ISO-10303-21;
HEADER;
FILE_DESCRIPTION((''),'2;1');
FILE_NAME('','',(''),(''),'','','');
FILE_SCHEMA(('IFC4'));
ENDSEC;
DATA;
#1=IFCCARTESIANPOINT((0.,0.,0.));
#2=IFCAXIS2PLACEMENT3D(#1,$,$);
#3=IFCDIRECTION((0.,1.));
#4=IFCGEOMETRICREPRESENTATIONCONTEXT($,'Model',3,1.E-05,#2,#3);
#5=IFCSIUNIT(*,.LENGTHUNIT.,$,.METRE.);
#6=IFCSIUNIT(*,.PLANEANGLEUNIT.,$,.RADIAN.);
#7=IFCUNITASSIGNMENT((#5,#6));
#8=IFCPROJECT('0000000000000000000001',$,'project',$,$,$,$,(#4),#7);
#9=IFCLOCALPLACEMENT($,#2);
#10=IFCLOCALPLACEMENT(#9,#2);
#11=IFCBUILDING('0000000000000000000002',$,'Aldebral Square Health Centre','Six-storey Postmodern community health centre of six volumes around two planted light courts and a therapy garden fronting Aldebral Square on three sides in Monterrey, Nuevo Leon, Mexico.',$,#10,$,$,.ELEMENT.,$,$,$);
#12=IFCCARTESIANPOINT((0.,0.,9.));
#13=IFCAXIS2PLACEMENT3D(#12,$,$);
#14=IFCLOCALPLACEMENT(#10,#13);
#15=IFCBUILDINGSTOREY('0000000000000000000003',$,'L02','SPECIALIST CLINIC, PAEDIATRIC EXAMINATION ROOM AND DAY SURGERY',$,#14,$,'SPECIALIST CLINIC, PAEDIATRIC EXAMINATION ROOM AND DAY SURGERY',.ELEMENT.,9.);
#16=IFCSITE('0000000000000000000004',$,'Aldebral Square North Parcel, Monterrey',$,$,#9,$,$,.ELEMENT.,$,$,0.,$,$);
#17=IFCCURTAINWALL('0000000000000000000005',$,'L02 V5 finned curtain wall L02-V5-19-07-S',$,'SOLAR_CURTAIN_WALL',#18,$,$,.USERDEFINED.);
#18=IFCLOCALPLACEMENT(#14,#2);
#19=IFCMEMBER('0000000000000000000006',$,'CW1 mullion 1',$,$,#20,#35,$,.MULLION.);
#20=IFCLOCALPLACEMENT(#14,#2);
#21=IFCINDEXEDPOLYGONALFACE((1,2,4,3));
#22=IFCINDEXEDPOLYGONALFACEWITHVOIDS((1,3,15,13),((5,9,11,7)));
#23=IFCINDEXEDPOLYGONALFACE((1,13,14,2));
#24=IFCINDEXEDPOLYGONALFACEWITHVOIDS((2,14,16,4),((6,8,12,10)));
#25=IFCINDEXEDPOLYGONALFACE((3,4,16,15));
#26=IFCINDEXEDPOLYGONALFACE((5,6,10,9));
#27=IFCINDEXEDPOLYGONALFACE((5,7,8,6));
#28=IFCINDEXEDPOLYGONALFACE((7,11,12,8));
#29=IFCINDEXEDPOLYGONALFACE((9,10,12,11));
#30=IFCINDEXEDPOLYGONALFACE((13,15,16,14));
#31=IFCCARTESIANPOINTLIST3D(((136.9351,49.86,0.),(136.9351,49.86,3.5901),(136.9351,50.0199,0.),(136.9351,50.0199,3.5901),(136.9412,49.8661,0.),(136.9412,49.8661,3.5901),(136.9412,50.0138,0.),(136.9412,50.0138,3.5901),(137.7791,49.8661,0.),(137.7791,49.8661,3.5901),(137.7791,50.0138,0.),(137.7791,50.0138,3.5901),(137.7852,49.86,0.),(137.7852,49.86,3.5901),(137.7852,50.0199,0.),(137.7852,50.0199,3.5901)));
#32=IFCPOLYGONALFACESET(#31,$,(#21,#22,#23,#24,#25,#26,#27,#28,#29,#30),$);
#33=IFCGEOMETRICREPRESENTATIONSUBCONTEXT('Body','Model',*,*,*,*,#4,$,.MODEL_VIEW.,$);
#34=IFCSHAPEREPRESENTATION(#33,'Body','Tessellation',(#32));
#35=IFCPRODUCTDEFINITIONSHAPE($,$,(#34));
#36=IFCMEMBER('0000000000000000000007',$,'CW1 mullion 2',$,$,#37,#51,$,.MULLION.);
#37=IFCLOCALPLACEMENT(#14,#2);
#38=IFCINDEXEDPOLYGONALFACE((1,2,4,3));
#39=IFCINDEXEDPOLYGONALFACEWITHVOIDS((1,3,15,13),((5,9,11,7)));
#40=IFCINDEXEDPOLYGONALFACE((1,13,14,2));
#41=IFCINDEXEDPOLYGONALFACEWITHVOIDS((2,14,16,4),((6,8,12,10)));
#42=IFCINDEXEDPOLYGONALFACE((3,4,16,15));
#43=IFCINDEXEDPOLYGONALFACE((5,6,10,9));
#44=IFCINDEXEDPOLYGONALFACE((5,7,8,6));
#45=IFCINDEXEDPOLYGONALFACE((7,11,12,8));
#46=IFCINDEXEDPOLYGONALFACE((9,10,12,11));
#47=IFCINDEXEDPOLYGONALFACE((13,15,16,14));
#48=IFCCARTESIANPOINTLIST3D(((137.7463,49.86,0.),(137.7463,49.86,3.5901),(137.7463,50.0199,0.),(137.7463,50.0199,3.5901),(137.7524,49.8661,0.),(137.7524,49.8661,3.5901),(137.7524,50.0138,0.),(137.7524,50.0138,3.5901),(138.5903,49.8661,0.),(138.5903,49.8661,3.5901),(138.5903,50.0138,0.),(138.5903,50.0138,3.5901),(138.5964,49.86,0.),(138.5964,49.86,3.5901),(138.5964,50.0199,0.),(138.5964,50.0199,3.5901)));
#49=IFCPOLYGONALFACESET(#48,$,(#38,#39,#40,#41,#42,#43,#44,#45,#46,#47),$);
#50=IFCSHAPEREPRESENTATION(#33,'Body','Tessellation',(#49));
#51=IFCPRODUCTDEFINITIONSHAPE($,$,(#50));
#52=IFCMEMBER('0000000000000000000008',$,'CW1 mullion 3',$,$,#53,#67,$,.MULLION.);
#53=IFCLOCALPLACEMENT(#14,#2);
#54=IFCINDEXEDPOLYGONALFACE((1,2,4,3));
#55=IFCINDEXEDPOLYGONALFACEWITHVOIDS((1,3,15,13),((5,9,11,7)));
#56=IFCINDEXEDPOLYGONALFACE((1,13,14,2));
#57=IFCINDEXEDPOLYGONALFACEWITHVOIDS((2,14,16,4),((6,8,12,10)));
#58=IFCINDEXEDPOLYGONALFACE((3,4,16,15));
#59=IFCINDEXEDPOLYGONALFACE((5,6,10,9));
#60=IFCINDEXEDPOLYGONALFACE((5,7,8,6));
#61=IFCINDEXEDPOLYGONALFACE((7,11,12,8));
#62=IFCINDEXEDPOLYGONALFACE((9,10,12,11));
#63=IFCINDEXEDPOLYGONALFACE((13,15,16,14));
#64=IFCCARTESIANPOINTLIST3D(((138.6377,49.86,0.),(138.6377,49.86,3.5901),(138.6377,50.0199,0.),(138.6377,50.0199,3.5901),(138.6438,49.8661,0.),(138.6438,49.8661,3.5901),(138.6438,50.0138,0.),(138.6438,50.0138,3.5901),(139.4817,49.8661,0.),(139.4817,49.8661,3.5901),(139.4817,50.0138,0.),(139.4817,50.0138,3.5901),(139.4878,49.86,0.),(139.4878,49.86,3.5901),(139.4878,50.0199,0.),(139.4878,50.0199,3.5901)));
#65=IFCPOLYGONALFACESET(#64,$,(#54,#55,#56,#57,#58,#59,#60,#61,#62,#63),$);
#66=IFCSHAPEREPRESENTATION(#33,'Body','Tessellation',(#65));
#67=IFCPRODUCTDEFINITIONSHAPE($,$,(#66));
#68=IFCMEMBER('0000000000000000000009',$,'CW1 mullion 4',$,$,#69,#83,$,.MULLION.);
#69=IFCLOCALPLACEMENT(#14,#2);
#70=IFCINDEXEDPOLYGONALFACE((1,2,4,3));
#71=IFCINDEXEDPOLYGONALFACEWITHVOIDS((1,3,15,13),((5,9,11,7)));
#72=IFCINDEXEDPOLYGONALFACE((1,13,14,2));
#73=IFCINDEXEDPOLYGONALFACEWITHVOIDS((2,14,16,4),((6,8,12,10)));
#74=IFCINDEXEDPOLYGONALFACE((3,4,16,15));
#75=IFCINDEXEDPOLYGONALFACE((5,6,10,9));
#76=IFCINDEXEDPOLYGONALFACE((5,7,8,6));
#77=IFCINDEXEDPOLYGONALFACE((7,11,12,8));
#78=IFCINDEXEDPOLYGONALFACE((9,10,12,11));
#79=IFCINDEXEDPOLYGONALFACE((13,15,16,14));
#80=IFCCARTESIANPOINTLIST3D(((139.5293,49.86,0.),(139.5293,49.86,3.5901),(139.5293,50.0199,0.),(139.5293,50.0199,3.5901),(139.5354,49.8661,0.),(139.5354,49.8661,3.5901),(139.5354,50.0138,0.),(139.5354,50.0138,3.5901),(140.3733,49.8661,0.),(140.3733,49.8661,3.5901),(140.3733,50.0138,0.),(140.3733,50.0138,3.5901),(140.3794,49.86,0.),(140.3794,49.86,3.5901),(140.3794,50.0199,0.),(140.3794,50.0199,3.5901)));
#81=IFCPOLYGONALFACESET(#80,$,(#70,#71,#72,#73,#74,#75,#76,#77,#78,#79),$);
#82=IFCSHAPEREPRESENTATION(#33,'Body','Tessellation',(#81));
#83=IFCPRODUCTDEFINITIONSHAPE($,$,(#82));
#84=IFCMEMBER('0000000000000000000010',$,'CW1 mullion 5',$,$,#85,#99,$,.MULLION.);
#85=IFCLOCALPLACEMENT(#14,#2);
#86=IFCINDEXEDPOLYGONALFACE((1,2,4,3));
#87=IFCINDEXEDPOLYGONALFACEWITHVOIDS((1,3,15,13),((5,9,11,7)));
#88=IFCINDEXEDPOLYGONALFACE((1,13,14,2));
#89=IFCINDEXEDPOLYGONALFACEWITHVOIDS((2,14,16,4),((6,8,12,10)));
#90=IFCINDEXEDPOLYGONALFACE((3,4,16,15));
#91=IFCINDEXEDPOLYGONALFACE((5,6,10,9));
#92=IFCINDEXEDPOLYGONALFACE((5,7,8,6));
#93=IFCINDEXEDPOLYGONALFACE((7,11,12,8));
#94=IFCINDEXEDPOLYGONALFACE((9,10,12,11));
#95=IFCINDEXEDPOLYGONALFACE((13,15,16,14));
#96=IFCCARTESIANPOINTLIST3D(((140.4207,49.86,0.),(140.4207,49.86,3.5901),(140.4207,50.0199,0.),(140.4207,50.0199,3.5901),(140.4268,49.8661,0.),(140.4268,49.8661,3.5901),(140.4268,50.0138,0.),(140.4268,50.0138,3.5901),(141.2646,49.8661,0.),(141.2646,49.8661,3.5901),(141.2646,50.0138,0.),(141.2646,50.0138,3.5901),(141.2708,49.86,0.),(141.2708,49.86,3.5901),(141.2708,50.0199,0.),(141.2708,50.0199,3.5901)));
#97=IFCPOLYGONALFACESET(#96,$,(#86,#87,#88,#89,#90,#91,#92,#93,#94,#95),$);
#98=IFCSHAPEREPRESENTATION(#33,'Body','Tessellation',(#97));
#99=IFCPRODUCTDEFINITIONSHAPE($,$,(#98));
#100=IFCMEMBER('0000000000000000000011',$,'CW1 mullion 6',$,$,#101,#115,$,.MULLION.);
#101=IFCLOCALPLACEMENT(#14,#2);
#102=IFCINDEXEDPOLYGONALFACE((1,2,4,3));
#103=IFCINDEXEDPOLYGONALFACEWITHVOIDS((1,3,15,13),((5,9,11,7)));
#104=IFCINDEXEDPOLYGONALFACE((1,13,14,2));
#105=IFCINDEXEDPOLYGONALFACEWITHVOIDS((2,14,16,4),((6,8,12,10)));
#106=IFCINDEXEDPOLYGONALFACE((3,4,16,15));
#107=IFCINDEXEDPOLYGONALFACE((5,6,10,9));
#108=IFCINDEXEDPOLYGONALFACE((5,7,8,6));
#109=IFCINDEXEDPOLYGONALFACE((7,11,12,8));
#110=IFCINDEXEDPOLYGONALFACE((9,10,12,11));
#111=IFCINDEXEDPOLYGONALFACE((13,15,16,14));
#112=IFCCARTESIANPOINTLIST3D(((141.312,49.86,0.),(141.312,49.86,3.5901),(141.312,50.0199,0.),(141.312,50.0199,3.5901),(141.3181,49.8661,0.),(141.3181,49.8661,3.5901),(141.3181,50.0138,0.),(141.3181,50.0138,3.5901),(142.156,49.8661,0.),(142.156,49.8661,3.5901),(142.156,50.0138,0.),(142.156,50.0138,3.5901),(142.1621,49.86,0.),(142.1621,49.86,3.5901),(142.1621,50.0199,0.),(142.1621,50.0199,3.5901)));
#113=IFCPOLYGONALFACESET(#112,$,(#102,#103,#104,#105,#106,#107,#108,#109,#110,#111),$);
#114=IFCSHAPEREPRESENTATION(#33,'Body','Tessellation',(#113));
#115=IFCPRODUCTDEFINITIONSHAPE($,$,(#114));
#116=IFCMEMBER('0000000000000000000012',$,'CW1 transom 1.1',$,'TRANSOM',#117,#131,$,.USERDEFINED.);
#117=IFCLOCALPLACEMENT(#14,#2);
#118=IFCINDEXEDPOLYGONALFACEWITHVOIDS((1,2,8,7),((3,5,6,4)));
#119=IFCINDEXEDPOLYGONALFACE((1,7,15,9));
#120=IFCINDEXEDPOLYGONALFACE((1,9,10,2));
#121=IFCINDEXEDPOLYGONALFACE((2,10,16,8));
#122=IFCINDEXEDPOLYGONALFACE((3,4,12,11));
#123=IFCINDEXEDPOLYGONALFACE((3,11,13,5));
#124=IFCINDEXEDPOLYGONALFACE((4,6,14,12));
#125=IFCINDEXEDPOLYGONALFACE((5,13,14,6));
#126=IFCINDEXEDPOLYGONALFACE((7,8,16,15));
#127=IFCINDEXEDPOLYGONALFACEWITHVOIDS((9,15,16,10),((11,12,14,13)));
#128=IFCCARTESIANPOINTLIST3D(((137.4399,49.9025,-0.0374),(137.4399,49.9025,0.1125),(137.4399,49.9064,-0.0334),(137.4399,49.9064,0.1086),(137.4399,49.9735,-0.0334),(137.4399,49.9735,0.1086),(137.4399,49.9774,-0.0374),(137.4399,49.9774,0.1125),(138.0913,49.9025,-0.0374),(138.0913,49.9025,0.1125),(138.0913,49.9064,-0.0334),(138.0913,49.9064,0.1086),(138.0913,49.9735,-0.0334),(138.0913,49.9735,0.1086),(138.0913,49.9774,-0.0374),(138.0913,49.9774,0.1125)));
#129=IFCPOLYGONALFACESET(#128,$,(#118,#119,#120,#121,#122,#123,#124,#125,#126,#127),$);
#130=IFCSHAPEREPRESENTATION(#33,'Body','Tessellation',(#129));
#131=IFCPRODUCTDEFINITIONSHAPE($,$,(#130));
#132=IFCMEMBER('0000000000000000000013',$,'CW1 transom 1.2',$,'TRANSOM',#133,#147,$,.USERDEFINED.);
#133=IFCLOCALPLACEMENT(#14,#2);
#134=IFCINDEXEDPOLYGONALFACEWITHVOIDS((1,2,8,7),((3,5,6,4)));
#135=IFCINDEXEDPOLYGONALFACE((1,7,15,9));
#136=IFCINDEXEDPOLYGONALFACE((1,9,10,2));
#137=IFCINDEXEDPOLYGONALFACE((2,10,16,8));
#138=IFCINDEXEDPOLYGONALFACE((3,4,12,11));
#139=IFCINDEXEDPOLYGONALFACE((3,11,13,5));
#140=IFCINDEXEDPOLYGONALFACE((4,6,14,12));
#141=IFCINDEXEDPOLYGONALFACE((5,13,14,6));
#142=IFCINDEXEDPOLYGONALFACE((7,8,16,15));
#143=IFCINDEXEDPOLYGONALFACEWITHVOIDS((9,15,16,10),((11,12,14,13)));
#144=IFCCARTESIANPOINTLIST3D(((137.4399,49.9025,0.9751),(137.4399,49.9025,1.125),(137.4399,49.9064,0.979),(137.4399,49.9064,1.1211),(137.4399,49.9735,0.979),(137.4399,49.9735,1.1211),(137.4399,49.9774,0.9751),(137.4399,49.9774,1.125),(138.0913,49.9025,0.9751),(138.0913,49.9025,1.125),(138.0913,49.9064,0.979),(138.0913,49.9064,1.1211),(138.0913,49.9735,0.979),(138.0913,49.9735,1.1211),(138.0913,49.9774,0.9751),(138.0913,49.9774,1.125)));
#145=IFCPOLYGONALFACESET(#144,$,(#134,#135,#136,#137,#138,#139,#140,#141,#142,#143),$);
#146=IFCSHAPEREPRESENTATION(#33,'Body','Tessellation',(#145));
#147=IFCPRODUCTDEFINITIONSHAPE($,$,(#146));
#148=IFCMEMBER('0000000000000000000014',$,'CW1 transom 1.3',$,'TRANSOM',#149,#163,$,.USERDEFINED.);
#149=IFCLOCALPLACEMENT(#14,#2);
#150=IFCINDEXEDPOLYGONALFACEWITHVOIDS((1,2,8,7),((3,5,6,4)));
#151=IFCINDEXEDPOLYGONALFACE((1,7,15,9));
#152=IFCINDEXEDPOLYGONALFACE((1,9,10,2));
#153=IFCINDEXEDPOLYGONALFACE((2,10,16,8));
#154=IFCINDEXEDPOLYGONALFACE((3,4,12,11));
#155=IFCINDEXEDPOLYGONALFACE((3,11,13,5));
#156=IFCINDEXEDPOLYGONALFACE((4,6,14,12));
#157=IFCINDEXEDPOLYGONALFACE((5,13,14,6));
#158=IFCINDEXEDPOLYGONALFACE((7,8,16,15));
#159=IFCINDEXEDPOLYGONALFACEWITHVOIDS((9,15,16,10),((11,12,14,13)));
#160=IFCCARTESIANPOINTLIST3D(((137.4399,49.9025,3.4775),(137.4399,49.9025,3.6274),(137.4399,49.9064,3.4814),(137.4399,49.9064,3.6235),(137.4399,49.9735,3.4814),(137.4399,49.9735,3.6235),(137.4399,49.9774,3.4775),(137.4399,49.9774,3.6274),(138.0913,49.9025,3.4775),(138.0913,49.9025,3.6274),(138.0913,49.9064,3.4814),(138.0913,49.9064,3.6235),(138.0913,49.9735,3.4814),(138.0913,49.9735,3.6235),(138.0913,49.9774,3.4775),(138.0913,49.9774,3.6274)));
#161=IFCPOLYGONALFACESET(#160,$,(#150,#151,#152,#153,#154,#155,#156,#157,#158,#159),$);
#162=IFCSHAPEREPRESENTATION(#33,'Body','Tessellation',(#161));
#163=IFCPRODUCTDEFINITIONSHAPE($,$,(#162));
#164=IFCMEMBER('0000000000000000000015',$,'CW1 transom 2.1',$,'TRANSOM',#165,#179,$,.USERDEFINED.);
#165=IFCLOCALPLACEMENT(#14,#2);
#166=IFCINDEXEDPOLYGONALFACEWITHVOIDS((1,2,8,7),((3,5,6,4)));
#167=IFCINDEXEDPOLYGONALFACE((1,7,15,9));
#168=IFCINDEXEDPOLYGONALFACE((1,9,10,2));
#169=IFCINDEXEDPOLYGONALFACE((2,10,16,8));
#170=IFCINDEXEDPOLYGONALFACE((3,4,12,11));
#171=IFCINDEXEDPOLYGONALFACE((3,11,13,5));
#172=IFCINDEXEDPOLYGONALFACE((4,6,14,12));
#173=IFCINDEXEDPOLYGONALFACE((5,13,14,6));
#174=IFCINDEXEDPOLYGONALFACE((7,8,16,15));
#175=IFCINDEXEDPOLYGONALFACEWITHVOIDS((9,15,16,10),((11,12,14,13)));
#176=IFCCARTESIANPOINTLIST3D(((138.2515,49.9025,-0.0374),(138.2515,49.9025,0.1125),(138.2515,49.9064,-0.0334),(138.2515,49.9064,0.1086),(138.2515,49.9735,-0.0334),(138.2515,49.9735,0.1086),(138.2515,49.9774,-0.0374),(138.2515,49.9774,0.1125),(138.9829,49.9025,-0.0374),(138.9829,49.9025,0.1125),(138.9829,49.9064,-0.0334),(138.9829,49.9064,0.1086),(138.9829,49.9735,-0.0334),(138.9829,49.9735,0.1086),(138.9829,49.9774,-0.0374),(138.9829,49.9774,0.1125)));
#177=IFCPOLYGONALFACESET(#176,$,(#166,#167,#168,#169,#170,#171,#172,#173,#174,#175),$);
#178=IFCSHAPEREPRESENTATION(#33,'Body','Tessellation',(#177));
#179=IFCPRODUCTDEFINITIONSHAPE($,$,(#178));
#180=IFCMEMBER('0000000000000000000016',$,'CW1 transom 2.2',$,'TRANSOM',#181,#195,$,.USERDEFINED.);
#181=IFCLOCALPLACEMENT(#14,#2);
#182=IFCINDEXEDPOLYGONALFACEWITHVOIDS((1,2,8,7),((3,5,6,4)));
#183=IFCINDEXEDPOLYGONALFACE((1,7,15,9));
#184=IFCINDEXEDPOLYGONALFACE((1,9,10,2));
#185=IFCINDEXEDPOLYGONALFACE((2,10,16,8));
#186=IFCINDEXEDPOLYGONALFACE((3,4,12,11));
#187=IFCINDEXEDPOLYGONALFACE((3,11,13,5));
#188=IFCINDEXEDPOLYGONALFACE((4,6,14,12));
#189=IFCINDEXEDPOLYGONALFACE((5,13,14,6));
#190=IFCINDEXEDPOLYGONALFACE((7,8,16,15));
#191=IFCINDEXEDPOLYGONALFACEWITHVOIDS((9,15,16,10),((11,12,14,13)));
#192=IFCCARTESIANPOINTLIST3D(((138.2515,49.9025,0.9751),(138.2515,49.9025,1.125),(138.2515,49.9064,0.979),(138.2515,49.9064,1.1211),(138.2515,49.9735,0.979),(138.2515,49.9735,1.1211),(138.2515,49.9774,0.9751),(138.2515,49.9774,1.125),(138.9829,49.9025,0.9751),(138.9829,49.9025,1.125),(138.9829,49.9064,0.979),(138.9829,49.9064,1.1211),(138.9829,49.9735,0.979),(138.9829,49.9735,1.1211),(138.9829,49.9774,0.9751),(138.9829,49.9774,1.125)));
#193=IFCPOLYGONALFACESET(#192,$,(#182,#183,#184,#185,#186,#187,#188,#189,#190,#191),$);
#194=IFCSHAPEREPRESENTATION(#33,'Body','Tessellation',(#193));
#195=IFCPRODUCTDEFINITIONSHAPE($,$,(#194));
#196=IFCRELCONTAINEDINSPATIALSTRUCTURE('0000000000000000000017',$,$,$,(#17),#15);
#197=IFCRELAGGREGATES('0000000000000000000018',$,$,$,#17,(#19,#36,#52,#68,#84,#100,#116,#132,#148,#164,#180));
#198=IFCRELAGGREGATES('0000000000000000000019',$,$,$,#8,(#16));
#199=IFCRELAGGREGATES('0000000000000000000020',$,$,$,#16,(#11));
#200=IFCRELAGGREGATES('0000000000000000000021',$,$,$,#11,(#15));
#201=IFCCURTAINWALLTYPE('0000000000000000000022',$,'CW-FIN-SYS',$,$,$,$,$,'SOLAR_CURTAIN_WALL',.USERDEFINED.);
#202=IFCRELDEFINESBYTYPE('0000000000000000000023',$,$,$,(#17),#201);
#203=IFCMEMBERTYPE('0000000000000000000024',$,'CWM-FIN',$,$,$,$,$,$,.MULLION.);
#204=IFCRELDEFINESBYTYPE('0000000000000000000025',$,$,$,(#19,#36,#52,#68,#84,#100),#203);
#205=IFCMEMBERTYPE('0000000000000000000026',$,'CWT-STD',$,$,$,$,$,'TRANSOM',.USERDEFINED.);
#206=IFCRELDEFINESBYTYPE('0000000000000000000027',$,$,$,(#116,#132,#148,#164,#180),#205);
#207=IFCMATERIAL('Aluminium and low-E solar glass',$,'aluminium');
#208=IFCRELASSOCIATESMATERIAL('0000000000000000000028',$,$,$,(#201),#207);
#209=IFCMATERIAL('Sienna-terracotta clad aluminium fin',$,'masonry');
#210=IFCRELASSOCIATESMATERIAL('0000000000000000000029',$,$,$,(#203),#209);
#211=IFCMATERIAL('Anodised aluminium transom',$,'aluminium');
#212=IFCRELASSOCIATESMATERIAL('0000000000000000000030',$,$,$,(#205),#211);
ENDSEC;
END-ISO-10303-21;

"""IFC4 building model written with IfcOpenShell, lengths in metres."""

from ifc_helpers import new_model, si_unit, direction, frame, origin, origin_2d, place, context, subcontext, project, spatial, hollow_rectangle, extrude, material, material_profile, profile_set, type_object, element, aggregate, save


model = new_model("IFC4")

# Units and contexts
model_context = context("Model", 3, precision=1e-05, world=origin(), true_north=direction((0.0, 1.0)))
body_context = subcontext(model_context, "Body", "Model", "MODEL_VIEW")
ifc_project = project(units=[si_unit("LENGTHUNIT", "METRE"), si_unit("PLANEANGLEUNIT", "RADIAN")], contexts=[model_context])

# Site, building, storey
site_placement = place(None, origin())
site = spatial("IfcSite", under=ifc_project, at=site_placement, Name="Aldebral Square North Parcel, Monterrey", CompositionType="ELEMENT", RefElevation=0.0)
building_placement = place(site_placement, origin())
building = spatial("IfcBuilding", under=site, at=building_placement, Name="Aldebral Square Health Centre", Description="Six-storey Postmodern community health centre of six volumes around two planted light courts and a therapy garden fronting Aldebral Square on three sides in Monterrey, Nuevo Leon, Mexico.", CompositionType="ELEMENT")
storey_placement = place(building_placement, frame((0.0, 0.0, 9.0)))
storey = spatial("IfcBuildingStorey", under=building, at=storey_placement, Name="L02", Description="SPECIALIST CLINIC, PAEDIATRIC EXAMINATION ROOM AND DAY SURGERY", LongName="SPECIALIST CLINIC, PAEDIATRIC EXAMINATION ROOM AND DAY SURGERY", CompositionType="ELEMENT", Elevation=9.0)

# Curtain wall, members
ifc_material_1 = material(Name="Aluminium and low-E solar glass", Category="aluminium")
curtain_wall_type = type_object("IfcCurtainWallType", Name="CW-FIN-SYS", ElementType="SOLAR_CURTAIN_WALL", PredefinedType="USERDEFINED", material=ifc_material_1)
curtain_wall_placement = place(storey_placement, origin())
curtain_wall = element("IfcCurtainWall", 1, at=curtain_wall_placement, inside=storey, type_object=curtain_wall_type, Name="L02 V5 finned curtain wall L02-V5-19-07-S", ObjectType="SOLAR_CURTAIN_WALL", PredefinedType="USERDEFINED")
ifc_material_2 = material(Name="Sienna-terracotta clad aluminium fin", Category="masonry")
ifc_material_profile_1 = material_profile(ifc_material_2, hollow_rectangle(XDim=0.1599, YDim=0.8501, WallThickness=0.0061, at=origin_2d()), Name="FIN 160x850x6")
ifc_profile_set_1 = profile_set([ifc_material_profile_1], Name="Sienna-terracotta clad aluminium fin")
member_type_1 = type_object("IfcMemberType", Name="CWM-FIN", PredefinedType="MULLION", material=ifc_profile_set_1)
member_1_placement = place(storey_placement, frame((137.3601, 49.9399, 0.0), z_axis=(0.0, 0.0, 1.0), x_axis=(0.0, 1.0, 0.0)))
member_1 = element("IfcMember", 2, at=member_1_placement, type_object=member_type_1, Name="CW1 mullion 1", PredefinedType="MULLION", context=body_context, shape_type="SweptSolid", body=[
    extrude(hollow_rectangle(XDim=0.1599, YDim=0.8501, WallThickness=0.0061, at=origin_2d()), origin(), (0.0, 0.0, 1.0), 3.5901),
])
member_2_placement = place(storey_placement, frame((138.1714, 49.9399, 0.0), z_axis=(0.0, 0.0, 1.0), x_axis=(0.0, 1.0, 0.0)))
member_2 = element("IfcMember", 3, at=member_2_placement, type_object=member_type_1, Name="CW1 mullion 2", PredefinedType="MULLION", context=body_context, shape_type="SweptSolid", body=[
    extrude(hollow_rectangle(XDim=0.1599, YDim=0.8501, WallThickness=0.0061, at=origin_2d()), origin(), (0.0, 0.0, 1.0), 3.5901),
])
member_3_placement = place(storey_placement, frame((139.0627, 49.9399, 0.0), z_axis=(0.0, 0.0, 1.0), x_axis=(0.0, 1.0, 0.0)))
member_3 = element("IfcMember", 4, at=member_3_placement, type_object=member_type_1, Name="CW1 mullion 3", PredefinedType="MULLION", context=body_context, shape_type="SweptSolid", body=[
    extrude(hollow_rectangle(XDim=0.1599, YDim=0.8501, WallThickness=0.0061, at=origin_2d()), origin(), (0.0, 0.0, 1.0), 3.5901),
])
member_4_placement = place(storey_placement, frame((139.9543, 49.9399, 0.0), z_axis=(0.0, 0.0, 1.0), x_axis=(0.0, 1.0, 0.0)))
member_4 = element("IfcMember", 5, at=member_4_placement, type_object=member_type_1, Name="CW1 mullion 4", PredefinedType="MULLION", context=body_context, shape_type="SweptSolid", body=[
    extrude(hollow_rectangle(XDim=0.1599, YDim=0.8501, WallThickness=0.0061, at=origin_2d()), origin(), (0.0, 0.0, 1.0), 3.5901),
])
member_5_placement = place(storey_placement, frame((140.8457, 49.9399, 0.0), z_axis=(0.0, 0.0, 1.0), x_axis=(0.0, 1.0, 0.0)))
member_5 = element("IfcMember", 6, at=member_5_placement, type_object=member_type_1, Name="CW1 mullion 5", PredefinedType="MULLION", context=body_context, shape_type="SweptSolid", body=[
    extrude(hollow_rectangle(XDim=0.1599, YDim=0.8501, WallThickness=0.0061, at=origin_2d()), origin(), (0.0, 0.0, 1.0), 3.5901),
])
member_6_placement = place(storey_placement, frame((141.7371, 49.9399, 0.0), z_axis=(0.0, 0.0, 1.0), x_axis=(0.0, 1.0, 0.0)))
member_6 = element("IfcMember", 7, at=member_6_placement, type_object=member_type_1, Name="CW1 mullion 6", PredefinedType="MULLION", context=body_context, shape_type="SweptSolid", body=[
    extrude(hollow_rectangle(XDim=0.1599, YDim=0.8501, WallThickness=0.0061, at=origin_2d()), origin(), (0.0, 0.0, 1.0), 3.5901),
])
ifc_material_3 = material(Name="Anodised aluminium transom", Category="aluminium")
ifc_material_profile_2 = material_profile(ifc_material_3, hollow_rectangle(XDim=0.075, YDim=0.1499, WallThickness=0.0039, at=origin_2d()), Name="CWT 75x150x4")
ifc_profile_set_2 = profile_set([ifc_material_profile_2], Name="Anodised aluminium transom")
member_type_2 = type_object("IfcMemberType", Name="CWT-STD", ElementType="TRANSOM", PredefinedType="USERDEFINED", material=ifc_profile_set_2)
member_7_placement = place(storey_placement, frame((137.4399, 49.9399, 0.0376), z_axis=(1.0, 0.0, 0.0), x_axis=(0.0, 1.0, 0.0)))
member_7 = element("IfcMember", 8, at=member_7_placement, type_object=member_type_2, Name="CW1 transom 1.1", ObjectType="TRANSOM", PredefinedType="USERDEFINED", context=body_context, shape_type="SweptSolid", body=[
    extrude(hollow_rectangle(XDim=0.075, YDim=0.1499, WallThickness=0.0039, at=origin_2d()), origin(), (0.0, 0.0, 1.0), 0.6514),
])
member_8_placement = place(storey_placement, frame((137.4399, 49.9399, 1.05), z_axis=(1.0, 0.0, 0.0), x_axis=(0.0, 1.0, 0.0)))
member_8 = element("IfcMember", 9, at=member_8_placement, type_object=member_type_2, Name="CW1 transom 1.2", ObjectType="TRANSOM", PredefinedType="USERDEFINED", context=body_context, shape_type="SweptSolid", body=[
    extrude(hollow_rectangle(XDim=0.075, YDim=0.1499, WallThickness=0.0039, at=origin_2d()), origin(), (0.0, 0.0, 1.0), 0.6514),
])
member_9_placement = place(storey_placement, frame((137.4399, 49.9399, 3.5525), z_axis=(1.0, 0.0, 0.0), x_axis=(0.0, 1.0, 0.0)))
member_9 = element("IfcMember", 10, at=member_9_placement, type_object=member_type_2, Name="CW1 transom 1.3", ObjectType="TRANSOM", PredefinedType="USERDEFINED", context=body_context, shape_type="SweptSolid", body=[
    extrude(hollow_rectangle(XDim=0.075, YDim=0.1499, WallThickness=0.0039, at=origin_2d()), origin(), (0.0, 0.0, 1.0), 0.6514),
])
member_10_placement = place(storey_placement, frame((138.2515, 49.9399, 0.0376), z_axis=(1.0, 0.0, 0.0), x_axis=(0.0, 1.0, 0.0)))
member_10 = element("IfcMember", 11, at=member_10_placement, type_object=member_type_2, Name="CW1 transom 2.1", ObjectType="TRANSOM", PredefinedType="USERDEFINED", context=body_context, shape_type="SweptSolid", body=[
    extrude(hollow_rectangle(XDim=0.075, YDim=0.1499, WallThickness=0.0039, at=origin_2d()), origin(), (0.0, 0.0, 1.0), 0.7314),
])
member_11_placement = place(storey_placement, frame((138.2515, 49.9399, 1.05), z_axis=(1.0, 0.0, 0.0), x_axis=(0.0, 1.0, 0.0)))
member_11 = element("IfcMember", 12, at=member_11_placement, type_object=member_type_2, Name="CW1 transom 2.2", ObjectType="TRANSOM", PredefinedType="USERDEFINED", context=body_context, shape_type="SweptSolid", body=[
    extrude(hollow_rectangle(XDim=0.075, YDim=0.1499, WallThickness=0.0039, at=origin_2d()), origin(), (0.0, 0.0, 1.0), 0.7314),
])
aggregate(curtain_wall, [member_1, member_2, member_3, member_4, member_5, member_6, member_7, member_8, member_9, member_10, member_11])

save(model, "model.ifc")
